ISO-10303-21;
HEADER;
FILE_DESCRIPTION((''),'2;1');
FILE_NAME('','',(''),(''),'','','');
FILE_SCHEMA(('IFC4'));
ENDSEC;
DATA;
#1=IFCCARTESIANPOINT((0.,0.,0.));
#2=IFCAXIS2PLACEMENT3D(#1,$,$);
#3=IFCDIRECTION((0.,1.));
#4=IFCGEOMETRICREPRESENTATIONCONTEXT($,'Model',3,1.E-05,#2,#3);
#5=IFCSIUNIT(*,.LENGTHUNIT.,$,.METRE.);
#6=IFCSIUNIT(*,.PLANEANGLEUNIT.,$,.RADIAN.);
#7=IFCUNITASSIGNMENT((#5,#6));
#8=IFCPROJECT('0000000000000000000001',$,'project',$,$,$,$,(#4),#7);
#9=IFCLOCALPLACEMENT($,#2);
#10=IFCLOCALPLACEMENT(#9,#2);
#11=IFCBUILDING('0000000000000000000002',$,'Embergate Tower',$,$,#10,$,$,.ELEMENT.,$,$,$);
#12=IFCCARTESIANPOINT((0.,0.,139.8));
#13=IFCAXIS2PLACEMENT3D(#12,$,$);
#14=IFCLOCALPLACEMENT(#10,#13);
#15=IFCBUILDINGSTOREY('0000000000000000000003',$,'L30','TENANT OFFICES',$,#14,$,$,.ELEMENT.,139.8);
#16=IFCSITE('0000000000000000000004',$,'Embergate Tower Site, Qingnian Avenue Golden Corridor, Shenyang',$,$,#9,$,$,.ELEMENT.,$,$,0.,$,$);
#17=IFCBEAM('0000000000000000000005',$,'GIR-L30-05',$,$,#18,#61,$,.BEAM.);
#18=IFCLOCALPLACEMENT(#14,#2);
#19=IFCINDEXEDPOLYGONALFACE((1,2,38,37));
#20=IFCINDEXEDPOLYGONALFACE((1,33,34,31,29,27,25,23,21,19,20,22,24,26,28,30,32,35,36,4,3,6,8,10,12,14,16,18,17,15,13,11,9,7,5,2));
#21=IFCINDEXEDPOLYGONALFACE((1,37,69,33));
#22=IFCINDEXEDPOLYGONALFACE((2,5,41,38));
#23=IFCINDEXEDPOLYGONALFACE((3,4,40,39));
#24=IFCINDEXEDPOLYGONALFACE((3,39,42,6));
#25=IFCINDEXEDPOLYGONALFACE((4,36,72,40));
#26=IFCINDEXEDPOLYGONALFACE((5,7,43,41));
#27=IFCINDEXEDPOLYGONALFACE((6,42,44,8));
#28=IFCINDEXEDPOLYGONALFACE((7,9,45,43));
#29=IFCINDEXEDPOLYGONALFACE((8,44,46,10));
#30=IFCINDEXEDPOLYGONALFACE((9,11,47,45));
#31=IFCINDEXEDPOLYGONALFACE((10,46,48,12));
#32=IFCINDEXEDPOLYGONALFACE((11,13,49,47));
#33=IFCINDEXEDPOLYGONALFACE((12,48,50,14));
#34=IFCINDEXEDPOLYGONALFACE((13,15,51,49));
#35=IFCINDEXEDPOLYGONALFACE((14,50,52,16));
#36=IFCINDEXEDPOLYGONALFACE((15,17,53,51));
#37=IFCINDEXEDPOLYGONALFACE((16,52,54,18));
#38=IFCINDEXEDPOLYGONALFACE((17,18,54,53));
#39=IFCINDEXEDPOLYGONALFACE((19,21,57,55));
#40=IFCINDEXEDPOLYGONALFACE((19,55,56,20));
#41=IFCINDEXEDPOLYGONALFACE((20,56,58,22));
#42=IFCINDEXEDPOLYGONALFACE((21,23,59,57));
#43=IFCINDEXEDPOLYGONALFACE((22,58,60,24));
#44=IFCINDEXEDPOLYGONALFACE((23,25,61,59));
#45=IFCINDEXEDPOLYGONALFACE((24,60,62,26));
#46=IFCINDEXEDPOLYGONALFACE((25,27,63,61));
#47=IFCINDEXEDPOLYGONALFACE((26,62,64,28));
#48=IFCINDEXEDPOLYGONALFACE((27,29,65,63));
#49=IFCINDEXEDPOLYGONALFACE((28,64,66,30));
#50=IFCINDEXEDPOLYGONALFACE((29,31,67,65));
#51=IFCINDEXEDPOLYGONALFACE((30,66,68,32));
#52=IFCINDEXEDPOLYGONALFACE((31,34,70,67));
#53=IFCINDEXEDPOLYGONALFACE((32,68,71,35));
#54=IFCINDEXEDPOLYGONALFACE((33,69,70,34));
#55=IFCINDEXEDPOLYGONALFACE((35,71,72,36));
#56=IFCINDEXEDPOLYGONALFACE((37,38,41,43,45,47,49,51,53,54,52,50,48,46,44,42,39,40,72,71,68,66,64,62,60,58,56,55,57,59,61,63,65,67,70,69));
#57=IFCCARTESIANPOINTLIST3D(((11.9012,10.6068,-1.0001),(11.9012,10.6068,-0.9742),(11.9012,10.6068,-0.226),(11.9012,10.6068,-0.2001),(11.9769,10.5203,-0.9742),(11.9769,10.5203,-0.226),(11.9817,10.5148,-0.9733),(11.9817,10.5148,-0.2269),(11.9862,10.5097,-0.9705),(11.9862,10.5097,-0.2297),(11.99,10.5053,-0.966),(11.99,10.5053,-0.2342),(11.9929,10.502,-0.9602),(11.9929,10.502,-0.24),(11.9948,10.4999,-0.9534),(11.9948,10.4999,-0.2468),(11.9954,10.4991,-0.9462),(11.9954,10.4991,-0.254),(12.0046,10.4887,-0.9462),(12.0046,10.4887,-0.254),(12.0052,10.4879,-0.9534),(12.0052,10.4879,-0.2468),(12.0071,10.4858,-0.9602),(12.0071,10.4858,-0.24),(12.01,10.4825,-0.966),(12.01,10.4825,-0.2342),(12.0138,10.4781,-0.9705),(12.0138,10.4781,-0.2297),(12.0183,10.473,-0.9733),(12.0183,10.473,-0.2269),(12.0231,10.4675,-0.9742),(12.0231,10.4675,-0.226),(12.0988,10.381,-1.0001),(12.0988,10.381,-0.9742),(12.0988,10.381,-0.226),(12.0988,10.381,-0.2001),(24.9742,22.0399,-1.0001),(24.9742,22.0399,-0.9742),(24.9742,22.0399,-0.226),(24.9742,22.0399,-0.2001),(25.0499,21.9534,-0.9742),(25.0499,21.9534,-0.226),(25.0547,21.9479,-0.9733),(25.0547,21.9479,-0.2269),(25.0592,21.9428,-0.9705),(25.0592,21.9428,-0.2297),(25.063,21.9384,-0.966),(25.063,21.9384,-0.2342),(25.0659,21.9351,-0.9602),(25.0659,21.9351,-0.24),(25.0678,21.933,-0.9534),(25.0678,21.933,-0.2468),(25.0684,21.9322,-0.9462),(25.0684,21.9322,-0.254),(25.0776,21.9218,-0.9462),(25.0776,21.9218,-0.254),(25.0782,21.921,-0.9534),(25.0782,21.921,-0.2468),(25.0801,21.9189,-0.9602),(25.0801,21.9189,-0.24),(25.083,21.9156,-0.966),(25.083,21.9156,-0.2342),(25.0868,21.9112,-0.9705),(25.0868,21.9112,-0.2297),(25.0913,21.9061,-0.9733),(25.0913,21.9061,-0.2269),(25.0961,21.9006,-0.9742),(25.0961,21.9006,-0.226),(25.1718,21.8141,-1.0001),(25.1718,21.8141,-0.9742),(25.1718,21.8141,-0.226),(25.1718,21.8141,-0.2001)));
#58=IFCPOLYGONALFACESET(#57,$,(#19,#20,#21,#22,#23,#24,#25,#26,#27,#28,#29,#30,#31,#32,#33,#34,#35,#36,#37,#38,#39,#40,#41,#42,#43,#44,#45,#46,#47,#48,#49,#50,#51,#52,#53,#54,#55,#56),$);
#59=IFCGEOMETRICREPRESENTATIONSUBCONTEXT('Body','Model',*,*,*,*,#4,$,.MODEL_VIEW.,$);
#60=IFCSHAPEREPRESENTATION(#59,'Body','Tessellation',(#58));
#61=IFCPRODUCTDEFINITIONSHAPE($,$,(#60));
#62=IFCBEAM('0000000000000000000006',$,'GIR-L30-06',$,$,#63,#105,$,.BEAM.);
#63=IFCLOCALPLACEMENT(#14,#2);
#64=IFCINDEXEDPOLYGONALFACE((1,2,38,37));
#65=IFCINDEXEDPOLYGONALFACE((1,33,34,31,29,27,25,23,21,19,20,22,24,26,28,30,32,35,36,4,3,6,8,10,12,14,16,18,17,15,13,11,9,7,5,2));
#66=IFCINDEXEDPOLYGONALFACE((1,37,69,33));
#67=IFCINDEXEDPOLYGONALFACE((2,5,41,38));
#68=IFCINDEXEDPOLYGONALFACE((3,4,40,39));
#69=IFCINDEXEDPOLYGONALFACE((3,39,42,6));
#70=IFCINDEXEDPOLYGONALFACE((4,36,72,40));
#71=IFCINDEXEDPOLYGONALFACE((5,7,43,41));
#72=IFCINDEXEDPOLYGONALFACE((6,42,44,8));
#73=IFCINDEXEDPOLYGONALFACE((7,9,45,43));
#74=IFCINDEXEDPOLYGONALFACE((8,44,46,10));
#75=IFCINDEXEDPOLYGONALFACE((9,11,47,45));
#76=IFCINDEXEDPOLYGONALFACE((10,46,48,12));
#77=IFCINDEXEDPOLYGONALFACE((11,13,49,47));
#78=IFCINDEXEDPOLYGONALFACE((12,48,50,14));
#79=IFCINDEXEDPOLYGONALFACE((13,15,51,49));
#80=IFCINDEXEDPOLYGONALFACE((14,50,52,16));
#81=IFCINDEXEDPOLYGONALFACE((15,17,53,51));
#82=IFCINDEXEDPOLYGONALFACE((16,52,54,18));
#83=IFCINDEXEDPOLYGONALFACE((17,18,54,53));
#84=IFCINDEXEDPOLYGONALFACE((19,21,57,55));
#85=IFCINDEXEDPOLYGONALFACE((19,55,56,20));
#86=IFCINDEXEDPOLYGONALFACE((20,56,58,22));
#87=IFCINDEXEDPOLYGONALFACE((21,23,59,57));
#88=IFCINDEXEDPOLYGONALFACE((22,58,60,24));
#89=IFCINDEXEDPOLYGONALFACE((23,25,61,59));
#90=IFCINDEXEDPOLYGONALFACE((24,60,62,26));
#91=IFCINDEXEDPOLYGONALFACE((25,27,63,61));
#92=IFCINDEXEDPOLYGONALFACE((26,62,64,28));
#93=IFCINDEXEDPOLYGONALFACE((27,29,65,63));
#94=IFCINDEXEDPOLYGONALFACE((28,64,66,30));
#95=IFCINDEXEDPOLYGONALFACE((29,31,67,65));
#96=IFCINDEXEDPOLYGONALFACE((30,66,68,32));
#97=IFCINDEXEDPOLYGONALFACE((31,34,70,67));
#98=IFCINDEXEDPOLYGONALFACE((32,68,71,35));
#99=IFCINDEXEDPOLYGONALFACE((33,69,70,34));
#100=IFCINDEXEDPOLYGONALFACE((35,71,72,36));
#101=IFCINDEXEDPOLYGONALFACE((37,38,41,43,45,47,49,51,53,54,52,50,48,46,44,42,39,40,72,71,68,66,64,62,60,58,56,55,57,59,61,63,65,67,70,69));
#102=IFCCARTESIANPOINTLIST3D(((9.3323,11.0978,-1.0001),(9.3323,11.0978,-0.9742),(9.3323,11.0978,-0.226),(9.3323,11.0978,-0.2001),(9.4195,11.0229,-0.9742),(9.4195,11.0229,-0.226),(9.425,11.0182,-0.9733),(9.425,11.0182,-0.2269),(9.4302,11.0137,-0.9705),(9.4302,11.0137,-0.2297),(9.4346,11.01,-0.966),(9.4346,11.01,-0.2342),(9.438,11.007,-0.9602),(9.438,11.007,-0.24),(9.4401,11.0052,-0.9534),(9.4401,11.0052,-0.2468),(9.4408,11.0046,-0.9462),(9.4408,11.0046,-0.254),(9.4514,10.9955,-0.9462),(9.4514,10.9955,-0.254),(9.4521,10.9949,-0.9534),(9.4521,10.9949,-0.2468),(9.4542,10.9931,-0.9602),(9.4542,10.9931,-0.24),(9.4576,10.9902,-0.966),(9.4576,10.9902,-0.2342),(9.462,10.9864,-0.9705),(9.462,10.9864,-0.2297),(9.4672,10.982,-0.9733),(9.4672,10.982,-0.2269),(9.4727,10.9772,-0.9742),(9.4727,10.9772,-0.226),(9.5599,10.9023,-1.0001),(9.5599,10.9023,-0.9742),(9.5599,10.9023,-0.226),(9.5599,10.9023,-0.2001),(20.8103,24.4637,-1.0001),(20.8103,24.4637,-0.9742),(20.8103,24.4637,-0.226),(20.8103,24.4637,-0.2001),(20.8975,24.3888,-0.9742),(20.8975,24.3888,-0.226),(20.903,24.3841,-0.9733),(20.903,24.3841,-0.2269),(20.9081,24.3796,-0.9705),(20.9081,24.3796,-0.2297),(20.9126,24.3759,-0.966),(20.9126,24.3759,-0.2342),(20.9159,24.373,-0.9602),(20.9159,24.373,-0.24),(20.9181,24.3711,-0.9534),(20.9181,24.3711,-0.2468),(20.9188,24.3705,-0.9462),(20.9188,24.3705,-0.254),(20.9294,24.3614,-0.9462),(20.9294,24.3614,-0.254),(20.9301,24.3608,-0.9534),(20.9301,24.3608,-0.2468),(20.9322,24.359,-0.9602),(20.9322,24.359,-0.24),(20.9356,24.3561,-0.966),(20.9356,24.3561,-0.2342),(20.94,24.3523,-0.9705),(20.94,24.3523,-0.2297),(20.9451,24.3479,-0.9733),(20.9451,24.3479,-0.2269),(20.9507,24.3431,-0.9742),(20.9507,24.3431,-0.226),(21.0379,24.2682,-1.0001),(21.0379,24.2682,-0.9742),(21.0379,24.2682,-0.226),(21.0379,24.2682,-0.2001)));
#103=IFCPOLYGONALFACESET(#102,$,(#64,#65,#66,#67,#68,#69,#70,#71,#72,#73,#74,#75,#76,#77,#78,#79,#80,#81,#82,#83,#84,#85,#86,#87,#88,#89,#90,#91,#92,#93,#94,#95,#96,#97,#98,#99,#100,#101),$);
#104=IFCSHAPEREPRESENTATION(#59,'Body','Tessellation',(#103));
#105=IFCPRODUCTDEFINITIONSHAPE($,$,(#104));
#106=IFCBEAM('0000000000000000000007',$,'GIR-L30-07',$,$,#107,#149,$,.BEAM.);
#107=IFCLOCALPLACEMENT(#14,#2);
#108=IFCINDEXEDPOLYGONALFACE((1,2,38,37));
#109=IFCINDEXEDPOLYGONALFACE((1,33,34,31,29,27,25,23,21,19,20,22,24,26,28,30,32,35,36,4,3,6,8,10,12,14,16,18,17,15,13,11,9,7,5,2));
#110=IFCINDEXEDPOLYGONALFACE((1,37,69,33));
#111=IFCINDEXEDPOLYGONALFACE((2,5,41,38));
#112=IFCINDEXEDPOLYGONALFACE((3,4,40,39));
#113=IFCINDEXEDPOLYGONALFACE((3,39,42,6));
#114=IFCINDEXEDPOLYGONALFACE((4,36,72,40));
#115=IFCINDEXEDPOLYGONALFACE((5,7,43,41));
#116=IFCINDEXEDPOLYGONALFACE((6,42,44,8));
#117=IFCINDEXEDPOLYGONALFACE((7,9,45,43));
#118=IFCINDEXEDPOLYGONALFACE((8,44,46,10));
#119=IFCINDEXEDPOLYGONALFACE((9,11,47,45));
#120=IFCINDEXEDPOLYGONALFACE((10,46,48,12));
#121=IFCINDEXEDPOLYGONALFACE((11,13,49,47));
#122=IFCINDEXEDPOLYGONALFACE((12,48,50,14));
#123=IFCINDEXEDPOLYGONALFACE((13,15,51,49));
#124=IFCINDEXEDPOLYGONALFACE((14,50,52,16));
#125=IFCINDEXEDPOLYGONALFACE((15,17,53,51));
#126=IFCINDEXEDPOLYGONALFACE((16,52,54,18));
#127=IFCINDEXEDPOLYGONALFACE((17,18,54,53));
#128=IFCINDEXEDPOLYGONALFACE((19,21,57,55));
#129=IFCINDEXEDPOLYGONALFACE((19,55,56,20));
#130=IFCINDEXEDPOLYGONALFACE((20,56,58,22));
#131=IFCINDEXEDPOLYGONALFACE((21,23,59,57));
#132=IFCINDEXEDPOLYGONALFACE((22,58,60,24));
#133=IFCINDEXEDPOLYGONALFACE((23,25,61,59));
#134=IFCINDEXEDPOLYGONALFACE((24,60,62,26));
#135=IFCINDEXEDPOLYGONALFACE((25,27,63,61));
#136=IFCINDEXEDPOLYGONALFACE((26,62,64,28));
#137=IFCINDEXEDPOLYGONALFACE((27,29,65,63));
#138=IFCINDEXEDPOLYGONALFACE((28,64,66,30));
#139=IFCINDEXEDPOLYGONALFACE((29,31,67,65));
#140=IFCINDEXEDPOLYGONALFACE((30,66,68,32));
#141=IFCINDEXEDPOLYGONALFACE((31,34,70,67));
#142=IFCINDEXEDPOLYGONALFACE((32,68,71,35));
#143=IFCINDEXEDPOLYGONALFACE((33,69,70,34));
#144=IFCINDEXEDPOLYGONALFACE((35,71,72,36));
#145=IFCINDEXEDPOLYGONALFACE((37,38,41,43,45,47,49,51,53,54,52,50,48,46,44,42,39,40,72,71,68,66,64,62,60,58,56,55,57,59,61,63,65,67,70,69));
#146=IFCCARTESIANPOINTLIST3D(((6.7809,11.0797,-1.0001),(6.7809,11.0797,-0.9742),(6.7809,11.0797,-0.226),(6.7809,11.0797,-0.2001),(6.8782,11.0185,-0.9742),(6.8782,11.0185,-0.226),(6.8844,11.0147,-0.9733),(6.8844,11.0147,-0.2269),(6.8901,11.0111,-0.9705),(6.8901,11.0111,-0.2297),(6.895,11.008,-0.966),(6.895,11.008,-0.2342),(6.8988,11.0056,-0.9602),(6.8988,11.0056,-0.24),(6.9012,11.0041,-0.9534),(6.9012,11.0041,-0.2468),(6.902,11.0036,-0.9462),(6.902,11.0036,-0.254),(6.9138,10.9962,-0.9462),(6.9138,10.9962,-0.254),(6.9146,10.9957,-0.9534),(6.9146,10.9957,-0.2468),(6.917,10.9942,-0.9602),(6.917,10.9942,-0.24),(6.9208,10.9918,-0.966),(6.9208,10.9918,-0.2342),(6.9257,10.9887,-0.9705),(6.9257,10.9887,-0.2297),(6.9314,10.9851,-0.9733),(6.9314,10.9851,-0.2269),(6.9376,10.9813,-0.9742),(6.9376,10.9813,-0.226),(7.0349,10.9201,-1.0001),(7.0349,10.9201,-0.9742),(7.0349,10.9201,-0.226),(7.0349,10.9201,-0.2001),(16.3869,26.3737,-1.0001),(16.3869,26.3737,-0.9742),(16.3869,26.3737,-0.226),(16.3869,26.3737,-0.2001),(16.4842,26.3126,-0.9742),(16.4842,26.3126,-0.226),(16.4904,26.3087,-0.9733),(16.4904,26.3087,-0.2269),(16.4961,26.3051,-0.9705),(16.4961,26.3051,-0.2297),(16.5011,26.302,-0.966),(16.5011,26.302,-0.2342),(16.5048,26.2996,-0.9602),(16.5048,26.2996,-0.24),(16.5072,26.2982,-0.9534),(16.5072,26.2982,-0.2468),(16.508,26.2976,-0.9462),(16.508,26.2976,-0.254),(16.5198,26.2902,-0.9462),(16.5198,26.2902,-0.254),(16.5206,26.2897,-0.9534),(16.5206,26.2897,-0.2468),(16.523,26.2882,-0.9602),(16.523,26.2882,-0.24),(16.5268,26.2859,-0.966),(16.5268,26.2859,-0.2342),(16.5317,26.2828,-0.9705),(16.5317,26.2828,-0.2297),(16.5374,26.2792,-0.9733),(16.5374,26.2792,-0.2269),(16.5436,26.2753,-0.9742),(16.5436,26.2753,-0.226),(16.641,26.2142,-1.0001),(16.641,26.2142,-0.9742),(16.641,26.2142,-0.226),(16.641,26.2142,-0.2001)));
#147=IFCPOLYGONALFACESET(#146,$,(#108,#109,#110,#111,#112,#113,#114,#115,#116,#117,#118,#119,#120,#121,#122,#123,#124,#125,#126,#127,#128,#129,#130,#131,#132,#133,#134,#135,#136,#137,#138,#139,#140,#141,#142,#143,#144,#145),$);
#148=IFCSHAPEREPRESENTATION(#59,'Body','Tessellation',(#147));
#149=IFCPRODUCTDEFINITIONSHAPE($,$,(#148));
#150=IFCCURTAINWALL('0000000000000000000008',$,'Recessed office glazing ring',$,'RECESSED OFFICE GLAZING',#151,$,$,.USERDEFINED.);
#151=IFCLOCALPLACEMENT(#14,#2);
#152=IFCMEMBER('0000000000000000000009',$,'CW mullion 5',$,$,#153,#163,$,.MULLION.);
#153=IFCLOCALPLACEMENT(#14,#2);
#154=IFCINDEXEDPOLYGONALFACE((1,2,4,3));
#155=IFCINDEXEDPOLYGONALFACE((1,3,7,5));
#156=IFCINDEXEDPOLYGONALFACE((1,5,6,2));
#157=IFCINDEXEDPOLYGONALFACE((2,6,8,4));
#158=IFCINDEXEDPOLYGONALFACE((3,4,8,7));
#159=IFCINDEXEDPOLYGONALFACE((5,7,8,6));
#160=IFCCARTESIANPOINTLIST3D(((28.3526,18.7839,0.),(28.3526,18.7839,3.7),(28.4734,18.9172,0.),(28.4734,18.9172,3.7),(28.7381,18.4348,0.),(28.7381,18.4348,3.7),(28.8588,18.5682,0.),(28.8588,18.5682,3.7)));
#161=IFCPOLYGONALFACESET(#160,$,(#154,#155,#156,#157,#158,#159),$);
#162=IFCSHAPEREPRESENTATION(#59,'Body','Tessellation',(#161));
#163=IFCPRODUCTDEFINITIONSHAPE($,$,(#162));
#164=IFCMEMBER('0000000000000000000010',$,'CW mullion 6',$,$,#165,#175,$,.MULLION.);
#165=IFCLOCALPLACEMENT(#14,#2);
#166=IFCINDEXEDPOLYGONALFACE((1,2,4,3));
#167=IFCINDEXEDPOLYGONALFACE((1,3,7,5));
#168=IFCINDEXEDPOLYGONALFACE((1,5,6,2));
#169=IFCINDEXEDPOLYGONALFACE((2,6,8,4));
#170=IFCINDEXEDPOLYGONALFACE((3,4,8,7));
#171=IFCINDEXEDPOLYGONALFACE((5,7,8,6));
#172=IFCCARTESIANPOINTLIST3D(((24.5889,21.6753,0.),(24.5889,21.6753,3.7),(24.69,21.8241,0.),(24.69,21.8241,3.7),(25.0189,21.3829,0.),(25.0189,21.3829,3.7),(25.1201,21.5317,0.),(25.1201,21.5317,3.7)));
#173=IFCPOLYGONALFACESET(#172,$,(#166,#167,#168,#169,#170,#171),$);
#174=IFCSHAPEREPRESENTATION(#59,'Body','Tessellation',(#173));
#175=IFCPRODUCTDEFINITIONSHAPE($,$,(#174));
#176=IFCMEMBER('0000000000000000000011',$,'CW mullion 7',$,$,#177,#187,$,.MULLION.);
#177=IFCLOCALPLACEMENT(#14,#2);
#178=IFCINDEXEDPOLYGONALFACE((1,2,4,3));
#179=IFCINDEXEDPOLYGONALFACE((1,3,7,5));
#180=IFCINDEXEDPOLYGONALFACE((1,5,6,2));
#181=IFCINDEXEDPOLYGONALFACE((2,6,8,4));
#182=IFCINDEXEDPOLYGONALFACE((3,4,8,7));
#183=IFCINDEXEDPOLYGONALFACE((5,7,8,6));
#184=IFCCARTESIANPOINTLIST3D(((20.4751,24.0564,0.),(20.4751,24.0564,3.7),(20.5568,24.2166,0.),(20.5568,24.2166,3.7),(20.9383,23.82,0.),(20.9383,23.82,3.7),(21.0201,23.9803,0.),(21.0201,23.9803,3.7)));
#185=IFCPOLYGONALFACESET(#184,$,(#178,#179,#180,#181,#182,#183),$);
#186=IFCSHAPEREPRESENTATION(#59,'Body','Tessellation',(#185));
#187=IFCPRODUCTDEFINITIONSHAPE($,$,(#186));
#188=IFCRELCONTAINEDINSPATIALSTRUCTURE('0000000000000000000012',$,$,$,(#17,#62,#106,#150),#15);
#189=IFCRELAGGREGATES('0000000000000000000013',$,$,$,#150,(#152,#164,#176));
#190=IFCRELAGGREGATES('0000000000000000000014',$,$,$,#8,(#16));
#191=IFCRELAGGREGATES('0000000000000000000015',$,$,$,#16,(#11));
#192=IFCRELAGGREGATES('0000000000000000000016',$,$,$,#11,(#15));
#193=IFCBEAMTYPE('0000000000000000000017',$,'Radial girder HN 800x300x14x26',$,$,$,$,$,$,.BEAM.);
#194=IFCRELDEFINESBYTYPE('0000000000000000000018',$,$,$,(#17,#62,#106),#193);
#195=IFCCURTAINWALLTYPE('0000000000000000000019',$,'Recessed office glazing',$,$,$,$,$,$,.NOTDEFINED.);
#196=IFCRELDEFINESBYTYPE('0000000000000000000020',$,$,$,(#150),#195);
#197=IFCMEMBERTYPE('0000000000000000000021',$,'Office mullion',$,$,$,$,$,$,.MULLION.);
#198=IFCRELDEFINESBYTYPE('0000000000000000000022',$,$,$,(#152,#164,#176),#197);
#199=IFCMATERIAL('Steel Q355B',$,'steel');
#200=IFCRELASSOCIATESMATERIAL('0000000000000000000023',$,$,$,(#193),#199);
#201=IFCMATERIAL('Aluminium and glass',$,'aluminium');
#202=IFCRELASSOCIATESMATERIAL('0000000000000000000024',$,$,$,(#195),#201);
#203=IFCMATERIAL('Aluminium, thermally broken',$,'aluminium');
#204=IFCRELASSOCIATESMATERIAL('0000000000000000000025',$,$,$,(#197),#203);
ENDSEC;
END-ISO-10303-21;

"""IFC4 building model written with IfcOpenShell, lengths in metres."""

from ifc_helpers import new_model, si_unit, direction, frame, origin, origin_2d, place, context, subcontext, project, spatial, rectangle, i_section, extrude, source, transform, mapped, material, material_profile, profile_set, type_object, element, aggregate, save


model = new_model("IFC4")

# Units and contexts
model_context = context("Model", 3, precision=1e-05, world=origin(), true_north=direction((0.0, 1.0)))
body_context = subcontext(model_context, "Body", "Model", "MODEL_VIEW")
ifc_project = project(units=[si_unit("LENGTHUNIT", "METRE"), si_unit("PLANEANGLEUNIT", "RADIAN")], contexts=[model_context])

# Site, building, storey
site_placement = place(None, origin())
site = spatial("IfcSite", under=ifc_project, at=site_placement, Name="Embergate Tower Site, Qingnian Avenue Golden Corridor, Shenyang", CompositionType="ELEMENT", RefElevation=0.0)
building_placement = place(site_placement, origin())
building = spatial("IfcBuilding", under=site, at=building_placement, Name="Embergate Tower", CompositionType="ELEMENT")
storey_placement = place(building_placement, frame((0.0, 0.0, 139.8)))
storey = spatial("IfcBuildingStorey", under=building, at=storey_placement, Name="L30", Description="TENANT OFFICES", CompositionType="ELEMENT", Elevation=139.8)

# Beams
ifc_material_1 = material(Name="Steel Q355B", Category="steel")
ifc_material_profile_1 = material_profile(ifc_material_1, i_section(OverallWidth=0.3, OverallDepth=0.8, WebThickness=0.0139, FlangeThickness=0.0259, FilletRadius=0.0281, at=origin_2d()), Name="HN 800x300x14x26")
ifc_profile_set_1 = profile_set([ifc_material_profile_1], Name="Steel Q355 grade B")
beam_type_1 = type_object("IfcBeamType", Name="Radial girder HN 800x300x14x26", PredefinedType="BEAM", material=ifc_profile_set_1)
shared_shape_1 = source(origin(), body_context, "Body", "SweptSolid", [
    extrude(i_section(OverallWidth=0.3, OverallDepth=0.8, WebThickness=0.0139, FlangeThickness=0.0259, FilletRadius=0.0281, at=origin_2d()), origin(), (0.0, 0.0, 1.0), 17.3672),
])
beam_1_placement = place(storey_placement, frame((25.073, 21.927, -0.6001), z_axis=(-0.752741, -0.658316, 0.0), x_axis=(0.658316, -0.752741, 0.0)))
element("IfcBeam", 1, at=beam_1_placement, inside=storey, type_object=beam_type_1, Name="GIR-L30-05", PredefinedType="BEAM", context=body_context, shape_type="MappedRepresentation", body=[
    mapped(shared_shape_1, transform((0.0, 0.0, 0.0))),
])
shared_shape_2 = source(origin(), body_context, "Body", "SweptSolid", [
    extrude(i_section(OverallWidth=0.3, OverallDepth=0.8, WebThickness=0.0139, FlangeThickness=0.0259, FilletRadius=0.0281, at=origin_2d()), origin(), (0.0, 0.0, 1.0), 17.6179),
])
beam_2_placement = place(storey_placement, frame((20.9241, 24.366, -0.6001), z_axis=(-0.651494, -0.758654, 0.0), x_axis=(0.758654, -0.651494, 0.0)))
element("IfcBeam", 2, at=beam_2_placement, inside=storey, type_object=beam_type_1, Name="GIR-L30-06", PredefinedType="BEAM", context=body_context, shape_type="MappedRepresentation", body=[
    mapped(shared_shape_2, transform((0.0, 0.0, 0.0))),
])
shared_shape_3 = source(origin(), body_context, "Body", "SweptSolid", [
    extrude(i_section(OverallWidth=0.3, OverallDepth=0.8, WebThickness=0.0139, FlangeThickness=0.0259, FilletRadius=0.0281, at=origin_2d()), origin(), (0.0, 0.0, 1.0), 18.0605),
])
beam_3_placement = place(storey_placement, frame((16.5139, 26.2939, -0.6001), z_axis=(-0.531879, -0.846821, 0.0), x_axis=(0.846821, -0.531879, 0.0)))
element("IfcBeam", 3, at=beam_3_placement, inside=storey, type_object=beam_type_1, Name="GIR-L30-07", PredefinedType="BEAM", context=body_context, shape_type="MappedRepresentation", body=[
    mapped(shared_shape_3, transform((0.0, 0.0, 0.0))),
])

# Curtain wall, members
ifc_material_2 = material(Name="Aluminium and glass", Category="aluminium")
curtain_wall_type = type_object("IfcCurtainWallType", Name="Recessed office glazing", PredefinedType="NOTDEFINED", material=ifc_material_2)
curtain_wall_placement = place(storey_placement, origin())
curtain_wall = element("IfcCurtainWall", 4, at=curtain_wall_placement, inside=storey, type_object=curtain_wall_type, Name="Recessed office glazing ring", ObjectType="RECESSED OFFICE GLAZING", PredefinedType="USERDEFINED")
ifc_material_3 = material(Name="Aluminium, thermally broken", Category="aluminium")
ifc_material_profile_2 = material_profile(ifc_material_3, rectangle(XDim=0.1799, YDim=0.52, at=origin_2d()), Name="AL 520x180")
ifc_profile_set_2 = profile_set([ifc_material_profile_2], Name="Aluminium, thermally broken")
member_type_1 = type_object("IfcMemberType", Name="Office mullion", PredefinedType="MULLION", material=ifc_profile_set_2)
shared_shape_4 = source(origin(), body_context, "Body", "SweptSolid", [
    extrude(rectangle(XDim=0.1799, YDim=0.52, at=origin_2d()), origin(), (0.0, 0.0, 1.0), 3.7),
])
member_1_placement = place(storey_placement, frame((28.6057, 18.676, 0.0), z_axis=(0.0, 0.0, 1.0), x_axis=(-0.671225, -0.741253, 0.0)))
member_1 = element("IfcMember", 5, at=member_1_placement, type_object=member_type_1, Name="CW mullion 5", PredefinedType="MULLION", context=body_context, shape_type="MappedRepresentation", body=[
    mapped(shared_shape_4, transform((0.0, 0.0, 0.0))),
])
member_2_placement = place(storey_placement, frame((24.8545, 21.6035, 0.0), z_axis=(0.0, 0.0, 1.0), x_axis=(-0.562215, -0.826991, 0.0)))
member_2 = element("IfcMember", 6, at=member_2_placement, type_object=member_type_1, Name="CW mullion 6", PredefinedType="MULLION", context=body_context, shape_type="MappedRepresentation", body=[
    mapped(shared_shape_4, transform((0.0, 0.0, 0.0))),
])
member_3_placement = place(storey_placement, frame((20.7476, 24.0183, 0.0), z_axis=(0.0, 0.0, 1.0), x_axis=(-0.454508, -0.890743, 0.0)))
member_3 = element("IfcMember", 7, at=member_3_placement, type_object=member_type_1, Name="CW mullion 7", PredefinedType="MULLION", context=body_context, shape_type="MappedRepresentation", body=[
    mapped(shared_shape_4, transform((0.0, 0.0, 0.0))),
])
aggregate(curtain_wall, [member_1, member_2, member_3])

save(model, "model.ifc")
